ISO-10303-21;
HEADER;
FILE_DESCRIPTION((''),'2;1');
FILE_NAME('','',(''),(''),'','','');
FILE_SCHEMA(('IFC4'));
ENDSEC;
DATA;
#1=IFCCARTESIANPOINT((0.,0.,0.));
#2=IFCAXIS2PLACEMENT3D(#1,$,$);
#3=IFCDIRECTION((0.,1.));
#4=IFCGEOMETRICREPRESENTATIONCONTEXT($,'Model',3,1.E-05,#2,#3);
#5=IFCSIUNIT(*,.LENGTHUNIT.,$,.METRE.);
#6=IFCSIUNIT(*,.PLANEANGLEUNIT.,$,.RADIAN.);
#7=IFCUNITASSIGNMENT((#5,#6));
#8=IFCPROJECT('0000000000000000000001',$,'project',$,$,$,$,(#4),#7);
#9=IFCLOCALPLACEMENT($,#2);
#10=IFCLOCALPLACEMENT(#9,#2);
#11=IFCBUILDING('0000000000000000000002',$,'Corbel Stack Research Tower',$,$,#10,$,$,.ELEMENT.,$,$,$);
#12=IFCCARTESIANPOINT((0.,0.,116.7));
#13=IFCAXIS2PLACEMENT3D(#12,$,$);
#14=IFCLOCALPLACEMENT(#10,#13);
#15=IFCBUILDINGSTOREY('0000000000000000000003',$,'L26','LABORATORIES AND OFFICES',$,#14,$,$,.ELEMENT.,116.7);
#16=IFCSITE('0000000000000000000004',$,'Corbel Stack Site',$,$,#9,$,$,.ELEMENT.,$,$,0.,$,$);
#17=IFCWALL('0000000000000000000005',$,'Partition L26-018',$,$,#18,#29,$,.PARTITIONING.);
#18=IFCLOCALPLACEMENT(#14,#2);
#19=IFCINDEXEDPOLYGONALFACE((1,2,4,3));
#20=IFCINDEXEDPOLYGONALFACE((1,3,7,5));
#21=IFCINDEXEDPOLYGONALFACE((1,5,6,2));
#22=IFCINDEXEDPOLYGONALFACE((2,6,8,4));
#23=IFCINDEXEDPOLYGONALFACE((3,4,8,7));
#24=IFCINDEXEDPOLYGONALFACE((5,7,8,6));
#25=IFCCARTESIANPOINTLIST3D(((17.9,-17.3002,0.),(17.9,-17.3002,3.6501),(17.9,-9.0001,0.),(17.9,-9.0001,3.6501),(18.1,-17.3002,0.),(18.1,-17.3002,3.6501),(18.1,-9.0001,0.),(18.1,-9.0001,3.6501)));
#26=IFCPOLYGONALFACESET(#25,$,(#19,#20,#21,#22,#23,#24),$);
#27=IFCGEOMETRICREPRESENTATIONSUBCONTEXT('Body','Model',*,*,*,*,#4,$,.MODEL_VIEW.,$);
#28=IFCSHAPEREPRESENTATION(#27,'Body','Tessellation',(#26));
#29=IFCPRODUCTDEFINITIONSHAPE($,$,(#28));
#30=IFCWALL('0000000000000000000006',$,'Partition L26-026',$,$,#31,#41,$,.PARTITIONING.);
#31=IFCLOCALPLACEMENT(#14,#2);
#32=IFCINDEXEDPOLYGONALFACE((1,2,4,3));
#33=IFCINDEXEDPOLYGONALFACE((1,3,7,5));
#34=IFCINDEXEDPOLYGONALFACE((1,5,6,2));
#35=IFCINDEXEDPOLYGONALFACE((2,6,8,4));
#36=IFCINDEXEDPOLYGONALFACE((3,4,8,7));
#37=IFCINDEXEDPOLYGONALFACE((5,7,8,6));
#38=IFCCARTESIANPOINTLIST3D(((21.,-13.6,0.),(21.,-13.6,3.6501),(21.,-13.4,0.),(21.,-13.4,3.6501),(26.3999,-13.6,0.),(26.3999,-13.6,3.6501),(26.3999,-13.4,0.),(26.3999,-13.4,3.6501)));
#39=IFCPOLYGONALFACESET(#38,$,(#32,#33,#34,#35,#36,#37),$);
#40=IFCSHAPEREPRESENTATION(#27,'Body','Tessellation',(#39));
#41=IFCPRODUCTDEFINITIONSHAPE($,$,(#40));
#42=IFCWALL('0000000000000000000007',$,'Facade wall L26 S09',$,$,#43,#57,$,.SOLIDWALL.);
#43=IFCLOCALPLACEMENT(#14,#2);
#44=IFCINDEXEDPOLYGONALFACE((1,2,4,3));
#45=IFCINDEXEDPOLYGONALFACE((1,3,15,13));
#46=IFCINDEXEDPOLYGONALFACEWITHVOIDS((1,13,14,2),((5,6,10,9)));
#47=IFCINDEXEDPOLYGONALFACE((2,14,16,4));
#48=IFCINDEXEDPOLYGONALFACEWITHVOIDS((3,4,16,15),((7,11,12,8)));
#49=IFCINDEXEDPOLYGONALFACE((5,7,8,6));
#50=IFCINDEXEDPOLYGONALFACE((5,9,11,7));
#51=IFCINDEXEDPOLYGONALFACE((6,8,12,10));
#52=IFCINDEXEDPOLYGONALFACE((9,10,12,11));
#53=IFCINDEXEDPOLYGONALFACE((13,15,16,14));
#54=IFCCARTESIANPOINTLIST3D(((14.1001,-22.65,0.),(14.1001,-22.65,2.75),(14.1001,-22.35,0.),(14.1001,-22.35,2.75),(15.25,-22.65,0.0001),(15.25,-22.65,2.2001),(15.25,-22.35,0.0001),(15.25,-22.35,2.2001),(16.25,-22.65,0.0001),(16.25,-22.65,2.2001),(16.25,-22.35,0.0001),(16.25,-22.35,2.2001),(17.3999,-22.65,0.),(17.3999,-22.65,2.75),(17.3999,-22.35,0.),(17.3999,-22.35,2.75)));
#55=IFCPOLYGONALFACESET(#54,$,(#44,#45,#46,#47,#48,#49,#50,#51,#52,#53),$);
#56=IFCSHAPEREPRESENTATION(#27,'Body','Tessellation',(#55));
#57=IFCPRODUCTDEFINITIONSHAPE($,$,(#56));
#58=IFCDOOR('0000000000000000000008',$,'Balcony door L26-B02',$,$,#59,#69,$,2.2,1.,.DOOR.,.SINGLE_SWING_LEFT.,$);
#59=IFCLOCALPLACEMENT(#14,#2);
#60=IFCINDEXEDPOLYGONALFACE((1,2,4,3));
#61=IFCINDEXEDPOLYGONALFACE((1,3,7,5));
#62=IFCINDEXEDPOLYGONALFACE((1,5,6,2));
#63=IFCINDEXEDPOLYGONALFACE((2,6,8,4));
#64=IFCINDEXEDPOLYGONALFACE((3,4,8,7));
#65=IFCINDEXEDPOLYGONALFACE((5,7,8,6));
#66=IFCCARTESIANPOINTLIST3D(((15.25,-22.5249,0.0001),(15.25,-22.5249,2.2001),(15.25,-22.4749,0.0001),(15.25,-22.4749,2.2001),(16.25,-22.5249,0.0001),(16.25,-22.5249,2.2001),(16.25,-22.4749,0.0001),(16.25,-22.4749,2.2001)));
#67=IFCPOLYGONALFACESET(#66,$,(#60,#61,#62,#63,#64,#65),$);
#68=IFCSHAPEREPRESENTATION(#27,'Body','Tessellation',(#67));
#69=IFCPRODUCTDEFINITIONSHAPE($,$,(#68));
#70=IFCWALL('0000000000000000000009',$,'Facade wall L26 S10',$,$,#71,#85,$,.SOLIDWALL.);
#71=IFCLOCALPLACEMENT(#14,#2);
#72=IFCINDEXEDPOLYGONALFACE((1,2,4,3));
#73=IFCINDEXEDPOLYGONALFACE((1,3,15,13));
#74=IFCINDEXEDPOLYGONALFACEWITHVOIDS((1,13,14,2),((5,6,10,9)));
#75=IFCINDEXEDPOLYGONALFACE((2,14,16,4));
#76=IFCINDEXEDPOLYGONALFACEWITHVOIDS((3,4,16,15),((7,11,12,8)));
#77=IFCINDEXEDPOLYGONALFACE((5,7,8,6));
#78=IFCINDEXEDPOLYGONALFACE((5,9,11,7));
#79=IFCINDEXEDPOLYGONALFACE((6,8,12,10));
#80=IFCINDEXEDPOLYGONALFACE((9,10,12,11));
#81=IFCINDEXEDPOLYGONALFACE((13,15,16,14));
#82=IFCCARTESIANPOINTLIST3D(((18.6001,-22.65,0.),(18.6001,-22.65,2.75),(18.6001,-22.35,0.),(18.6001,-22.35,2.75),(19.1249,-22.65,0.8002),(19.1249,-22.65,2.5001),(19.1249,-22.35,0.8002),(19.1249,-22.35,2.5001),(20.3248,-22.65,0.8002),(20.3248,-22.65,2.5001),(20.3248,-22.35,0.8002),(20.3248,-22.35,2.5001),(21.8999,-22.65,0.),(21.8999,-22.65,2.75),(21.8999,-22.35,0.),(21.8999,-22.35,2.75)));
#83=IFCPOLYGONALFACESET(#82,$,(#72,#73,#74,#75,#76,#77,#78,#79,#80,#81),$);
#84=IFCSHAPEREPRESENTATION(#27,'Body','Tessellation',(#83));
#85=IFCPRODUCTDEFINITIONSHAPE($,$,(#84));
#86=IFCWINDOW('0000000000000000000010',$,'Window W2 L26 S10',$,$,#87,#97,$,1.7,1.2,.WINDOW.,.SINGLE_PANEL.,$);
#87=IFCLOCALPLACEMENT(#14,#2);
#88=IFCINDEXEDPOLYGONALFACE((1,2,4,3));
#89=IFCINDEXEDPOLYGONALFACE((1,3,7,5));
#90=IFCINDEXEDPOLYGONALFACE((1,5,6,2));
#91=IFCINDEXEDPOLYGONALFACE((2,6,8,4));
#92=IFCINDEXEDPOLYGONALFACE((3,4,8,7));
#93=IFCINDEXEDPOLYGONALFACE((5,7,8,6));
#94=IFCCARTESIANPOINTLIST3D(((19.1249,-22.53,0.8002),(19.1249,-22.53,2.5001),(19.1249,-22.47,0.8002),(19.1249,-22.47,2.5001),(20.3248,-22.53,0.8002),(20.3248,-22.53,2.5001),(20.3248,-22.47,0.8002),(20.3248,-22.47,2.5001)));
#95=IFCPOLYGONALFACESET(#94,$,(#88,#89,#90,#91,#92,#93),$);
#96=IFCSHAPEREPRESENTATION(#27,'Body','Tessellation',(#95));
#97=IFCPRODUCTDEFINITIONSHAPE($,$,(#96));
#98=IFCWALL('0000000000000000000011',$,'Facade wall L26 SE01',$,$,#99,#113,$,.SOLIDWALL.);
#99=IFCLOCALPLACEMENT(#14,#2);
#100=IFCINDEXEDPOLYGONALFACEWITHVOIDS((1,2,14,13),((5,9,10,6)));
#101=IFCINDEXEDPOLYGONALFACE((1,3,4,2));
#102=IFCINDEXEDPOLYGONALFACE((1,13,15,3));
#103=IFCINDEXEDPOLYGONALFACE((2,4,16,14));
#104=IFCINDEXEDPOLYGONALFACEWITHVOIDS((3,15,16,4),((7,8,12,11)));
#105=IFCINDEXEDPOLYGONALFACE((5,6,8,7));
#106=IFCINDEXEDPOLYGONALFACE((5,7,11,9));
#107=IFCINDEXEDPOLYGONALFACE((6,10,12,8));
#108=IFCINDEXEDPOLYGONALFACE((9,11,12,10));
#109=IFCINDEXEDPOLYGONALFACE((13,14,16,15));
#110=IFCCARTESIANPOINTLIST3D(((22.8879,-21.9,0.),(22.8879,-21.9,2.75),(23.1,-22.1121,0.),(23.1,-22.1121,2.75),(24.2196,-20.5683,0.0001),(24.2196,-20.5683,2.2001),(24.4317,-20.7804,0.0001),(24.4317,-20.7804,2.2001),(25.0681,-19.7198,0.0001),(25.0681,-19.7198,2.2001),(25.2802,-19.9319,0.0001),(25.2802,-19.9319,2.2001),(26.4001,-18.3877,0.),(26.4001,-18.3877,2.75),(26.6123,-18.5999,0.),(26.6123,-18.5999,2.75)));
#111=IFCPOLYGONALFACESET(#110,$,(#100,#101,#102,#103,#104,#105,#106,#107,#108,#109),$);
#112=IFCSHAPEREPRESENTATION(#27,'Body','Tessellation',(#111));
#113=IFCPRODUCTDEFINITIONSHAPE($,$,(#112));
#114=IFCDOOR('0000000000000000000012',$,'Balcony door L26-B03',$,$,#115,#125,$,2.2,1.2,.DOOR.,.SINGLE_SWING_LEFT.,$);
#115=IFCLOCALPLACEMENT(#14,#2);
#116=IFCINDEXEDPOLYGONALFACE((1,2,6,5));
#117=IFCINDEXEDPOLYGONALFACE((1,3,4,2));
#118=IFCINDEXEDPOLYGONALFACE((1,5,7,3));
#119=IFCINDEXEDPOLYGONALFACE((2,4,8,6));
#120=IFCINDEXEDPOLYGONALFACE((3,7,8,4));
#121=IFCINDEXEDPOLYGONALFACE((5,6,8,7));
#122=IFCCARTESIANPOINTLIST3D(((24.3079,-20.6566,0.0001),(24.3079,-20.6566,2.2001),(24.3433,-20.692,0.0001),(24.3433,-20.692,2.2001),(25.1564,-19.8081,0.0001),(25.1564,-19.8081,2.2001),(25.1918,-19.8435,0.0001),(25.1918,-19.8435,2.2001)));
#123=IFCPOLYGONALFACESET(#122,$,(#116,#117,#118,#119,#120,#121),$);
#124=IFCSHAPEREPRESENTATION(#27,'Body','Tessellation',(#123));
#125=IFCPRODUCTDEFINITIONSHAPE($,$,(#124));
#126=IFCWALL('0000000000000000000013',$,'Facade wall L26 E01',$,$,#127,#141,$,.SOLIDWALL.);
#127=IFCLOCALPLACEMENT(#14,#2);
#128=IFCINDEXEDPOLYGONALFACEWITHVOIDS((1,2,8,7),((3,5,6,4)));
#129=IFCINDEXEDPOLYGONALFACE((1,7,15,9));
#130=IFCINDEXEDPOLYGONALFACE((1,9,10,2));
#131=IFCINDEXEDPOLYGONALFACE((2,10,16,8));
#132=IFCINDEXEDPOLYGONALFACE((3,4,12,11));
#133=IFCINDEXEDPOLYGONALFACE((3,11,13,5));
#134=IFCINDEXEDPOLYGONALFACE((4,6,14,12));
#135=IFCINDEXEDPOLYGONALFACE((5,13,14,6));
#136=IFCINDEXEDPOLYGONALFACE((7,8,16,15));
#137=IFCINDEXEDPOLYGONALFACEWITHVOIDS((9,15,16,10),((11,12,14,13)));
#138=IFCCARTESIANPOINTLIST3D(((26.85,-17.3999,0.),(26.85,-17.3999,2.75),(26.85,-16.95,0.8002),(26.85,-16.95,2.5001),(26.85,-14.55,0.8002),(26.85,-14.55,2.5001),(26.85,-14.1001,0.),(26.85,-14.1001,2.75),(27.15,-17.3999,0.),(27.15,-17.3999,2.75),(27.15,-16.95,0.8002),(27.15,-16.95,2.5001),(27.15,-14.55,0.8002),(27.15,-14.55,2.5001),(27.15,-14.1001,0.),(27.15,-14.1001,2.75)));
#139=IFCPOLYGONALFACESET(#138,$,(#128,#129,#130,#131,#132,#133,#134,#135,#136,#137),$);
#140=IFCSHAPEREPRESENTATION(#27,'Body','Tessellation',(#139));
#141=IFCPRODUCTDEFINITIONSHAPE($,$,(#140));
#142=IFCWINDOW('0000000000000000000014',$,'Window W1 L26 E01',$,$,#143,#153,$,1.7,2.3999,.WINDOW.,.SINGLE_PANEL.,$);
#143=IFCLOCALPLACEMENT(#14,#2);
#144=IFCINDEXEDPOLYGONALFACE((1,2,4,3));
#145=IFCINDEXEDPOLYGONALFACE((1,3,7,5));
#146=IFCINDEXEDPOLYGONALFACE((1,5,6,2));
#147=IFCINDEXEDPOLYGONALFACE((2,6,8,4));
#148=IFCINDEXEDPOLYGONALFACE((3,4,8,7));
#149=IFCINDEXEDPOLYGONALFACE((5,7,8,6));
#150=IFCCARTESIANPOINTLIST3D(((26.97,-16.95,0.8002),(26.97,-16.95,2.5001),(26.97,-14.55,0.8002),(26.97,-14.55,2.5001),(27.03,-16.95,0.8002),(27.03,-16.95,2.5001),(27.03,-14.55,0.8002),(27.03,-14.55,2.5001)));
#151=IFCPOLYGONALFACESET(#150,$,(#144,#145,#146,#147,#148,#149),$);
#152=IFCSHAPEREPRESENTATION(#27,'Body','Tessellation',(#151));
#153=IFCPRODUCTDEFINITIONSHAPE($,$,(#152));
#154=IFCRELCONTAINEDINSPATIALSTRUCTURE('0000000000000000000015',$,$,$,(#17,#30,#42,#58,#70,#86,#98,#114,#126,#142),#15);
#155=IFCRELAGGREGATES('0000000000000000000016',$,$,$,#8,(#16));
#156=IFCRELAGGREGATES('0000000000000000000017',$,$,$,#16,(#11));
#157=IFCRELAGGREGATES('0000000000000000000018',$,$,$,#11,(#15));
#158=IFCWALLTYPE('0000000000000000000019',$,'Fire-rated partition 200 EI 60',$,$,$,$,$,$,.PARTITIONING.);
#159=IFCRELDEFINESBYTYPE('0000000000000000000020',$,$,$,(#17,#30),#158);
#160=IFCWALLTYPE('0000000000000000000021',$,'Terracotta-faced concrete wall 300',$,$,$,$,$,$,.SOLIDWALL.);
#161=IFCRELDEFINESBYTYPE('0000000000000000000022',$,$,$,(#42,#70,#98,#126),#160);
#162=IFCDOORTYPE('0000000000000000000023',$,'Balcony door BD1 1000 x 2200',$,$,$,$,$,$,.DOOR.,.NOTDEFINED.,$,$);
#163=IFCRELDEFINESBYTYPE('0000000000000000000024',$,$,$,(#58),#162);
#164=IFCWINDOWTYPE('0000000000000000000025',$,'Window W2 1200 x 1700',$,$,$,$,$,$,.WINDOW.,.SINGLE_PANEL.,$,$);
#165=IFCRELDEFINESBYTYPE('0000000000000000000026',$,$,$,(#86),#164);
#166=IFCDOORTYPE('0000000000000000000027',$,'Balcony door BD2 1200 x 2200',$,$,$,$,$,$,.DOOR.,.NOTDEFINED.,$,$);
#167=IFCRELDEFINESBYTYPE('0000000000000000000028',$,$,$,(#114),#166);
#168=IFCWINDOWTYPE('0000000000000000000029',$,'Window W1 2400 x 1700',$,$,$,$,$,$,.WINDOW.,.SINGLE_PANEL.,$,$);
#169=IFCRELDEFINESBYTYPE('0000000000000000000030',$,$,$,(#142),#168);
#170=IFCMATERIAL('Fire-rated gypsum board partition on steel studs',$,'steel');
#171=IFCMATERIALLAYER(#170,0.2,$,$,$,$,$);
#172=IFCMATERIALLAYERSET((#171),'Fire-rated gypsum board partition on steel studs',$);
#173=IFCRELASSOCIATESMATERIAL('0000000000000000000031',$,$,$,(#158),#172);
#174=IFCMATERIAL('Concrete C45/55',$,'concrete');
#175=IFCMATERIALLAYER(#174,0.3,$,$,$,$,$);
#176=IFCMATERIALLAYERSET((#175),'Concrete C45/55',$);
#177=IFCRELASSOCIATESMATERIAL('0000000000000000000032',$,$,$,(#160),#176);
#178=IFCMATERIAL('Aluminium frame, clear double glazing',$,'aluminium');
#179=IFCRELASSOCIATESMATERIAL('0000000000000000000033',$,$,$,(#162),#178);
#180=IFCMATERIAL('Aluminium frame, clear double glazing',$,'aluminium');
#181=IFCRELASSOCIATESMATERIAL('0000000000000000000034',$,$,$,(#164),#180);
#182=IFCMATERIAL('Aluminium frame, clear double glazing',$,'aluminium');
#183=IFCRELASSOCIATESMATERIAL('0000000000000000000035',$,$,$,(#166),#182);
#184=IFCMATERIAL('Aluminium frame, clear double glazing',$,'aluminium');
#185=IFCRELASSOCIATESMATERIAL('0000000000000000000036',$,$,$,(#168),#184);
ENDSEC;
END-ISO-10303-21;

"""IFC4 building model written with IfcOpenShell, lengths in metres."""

from ifc_helpers import new_model, si_unit, direction, frame, frame_2d, origin, place, context, subcontext, project, spatial, rectangle, extrude, material, layer, layer_set, type_object, element, fill, save


model = new_model("IFC4")

# Units and contexts
model_context = context("Model", 3, precision=1e-05, world=origin(), true_north=direction((0.0, 1.0)))
body_context = subcontext(model_context, "Body", "Model", "MODEL_VIEW")
ifc_project = project(units=[si_unit("LENGTHUNIT", "METRE"), si_unit("PLANEANGLEUNIT", "RADIAN")], contexts=[model_context])

# Site, building, storey
site_placement = place(None, origin())
site = spatial("IfcSite", under=ifc_project, at=site_placement, Name="Corbel Stack Site", CompositionType="ELEMENT", RefElevation=0.0)
building_placement = place(site_placement, origin())
building = spatial("IfcBuilding", under=site, at=building_placement, Name="Corbel Stack Research Tower", CompositionType="ELEMENT")
storey_placement = place(building_placement, frame((0.0, 0.0, 116.7)))
storey = spatial("IfcBuildingStorey", under=building, at=storey_placement, Name="L26", Description="LABORATORIES AND OFFICES", CompositionType="ELEMENT", Elevation=116.7)

# Shared definitions
ifc_material_1 = material(Name="Fire-rated gypsum board partition on steel studs", Category="steel")
ifc_layer_1 = layer(ifc_material_1, 0.2)
ifc_layer_set_1 = layer_set([ifc_layer_1], Name="Fire-rated gypsum board partition on steel studs")
wall_type_1 = type_object("IfcWallType", Name="Fire-rated partition 200 EI 60", PredefinedType="PARTITIONING", material=ifc_layer_set_1)

# Walls
wall_1_placement = place(storey_placement, frame((18.0, -17.3, 0.0), z_axis=(0.0, 0.0, 1.0), x_axis=(0.0, 1.0, 0.0)))
element("IfcWall", 1, at=wall_1_placement, inside=storey, type_object=wall_type_1, Name="Partition L26-018", PredefinedType="PARTITIONING", context=body_context, shape_type="SweptSolid", body=[
    extrude(rectangle(XDim=8.3, YDim=0.2, at=frame_2d((4.1499, 0.0))), origin(), (0.0, 0.0, 1.0), 3.6501),
])
wall_2_placement = place(storey_placement, frame((21.0, -13.5, 0.0), z_axis=(0.0, 0.0, 1.0), x_axis=(1.0, 0.0, 0.0)))
element("IfcWall", 2, at=wall_2_placement, inside=storey, type_object=wall_type_1, Name="Partition L26-026", PredefinedType="PARTITIONING", context=body_context, shape_type="SweptSolid", body=[
    extrude(rectangle(XDim=5.3999, YDim=0.2, at=frame_2d((2.7, 0.0))), origin(), (0.0, 0.0, 1.0), 3.6501),
])

# Wall, opening, door
ifc_material_2 = material(Name="Concrete C45/55", Category="concrete")
ifc_layer_2 = layer(ifc_material_2, 0.3)
ifc_layer_set_2 = layer_set([ifc_layer_2], Name="Concrete C45/55")
wall_type_2 = type_object("IfcWallType", Name="Terracotta-faced concrete wall 300", PredefinedType="SOLIDWALL", material=ifc_layer_set_2)
wall_3_placement = place(storey_placement, frame((17.3999, -22.5, 0.0), z_axis=(0.0, 0.0, 1.0), x_axis=(-1.0, 0.0, 0.0)))
wall_3 = element("IfcWall", 3, at=wall_3_placement, inside=storey, type_object=wall_type_2, Name="Facade wall L26 S09", PredefinedType="SOLIDWALL", context=body_context, shape_type="SweptSolid", body=[
    extrude(rectangle(XDim=3.2998, YDim=0.3, at=frame_2d((1.6499, 0.0))), origin(), (0.0, 0.0, 1.0), 2.75),
])
opening_1_placement = place(wall_3_placement, frame((1.1499, 0.0, 0.0)))
opening_1 = element("IfcOpeningElement", 4, at=opening_1_placement, cuts=wall_3, PredefinedType="OPENING", context=body_context, shape_type="SweptSolid", body=[
    extrude(rectangle(XDim=1.0, YDim=2.2, at=frame_2d((0.5, 1.1001))), frame((0.0, 0.1599, 0.0), z_axis=(0.0, -1.0, 0.0), x_axis=(1.0, 0.0, 0.0)), (0.0, 0.0, 1.0), 0.3201),
])
ifc_material_3 = material(Name="Aluminium frame, clear double glazing", Category="aluminium")
door_type_1 = type_object("IfcDoorType", Name="Balcony door BD1 1000 x 2200", OperationType="NOTDEFINED", PredefinedType="DOOR", material=ifc_material_3)
door_1_placement = place(opening_1_placement, origin())
door_1 = element("IfcDoor", 5, at=door_1_placement, inside=storey, type_object=door_type_1, Name="Balcony door L26-B02", OperationType="SINGLE_SWING_LEFT", OverallHeight=2.2, OverallWidth=1.0, PredefinedType="DOOR", context=body_context, shape_type="SweptSolid", body=[
    extrude(rectangle(XDim=1.0, YDim=2.2, at=frame_2d((0.5, 1.1001))), frame((0.0, 0.0249, 0.0), z_axis=(0.0, -1.0, 0.0), x_axis=(1.0, 0.0, 0.0)), (0.0, 0.0, 1.0), 0.05),
])
fill(opening_1, door_1)

# Wall, opening, window
wall_4_placement = place(storey_placement, frame((21.8999, -22.5, 0.0), z_axis=(0.0, 0.0, 1.0), x_axis=(-1.0, 0.0, 0.0)))
wall_4 = element("IfcWall", 6, at=wall_4_placement, inside=storey, type_object=wall_type_2, Name="Facade wall L26 S10", PredefinedType="SOLIDWALL", context=body_context, shape_type="SweptSolid", body=[
    extrude(rectangle(XDim=3.2998, YDim=0.3, at=frame_2d((1.6499, 0.0))), origin(), (0.0, 0.0, 1.0), 2.75),
])
opening_2_placement = place(wall_4_placement, frame((1.575, 0.0, 0.8)))
opening_2 = element("IfcOpeningElement", 7, at=opening_2_placement, cuts=wall_4, PredefinedType="OPENING", context=body_context, shape_type="SweptSolid", body=[
    extrude(rectangle(XDim=1.2, YDim=1.7, at=frame_2d((0.6001, 0.8501))), frame((0.0, 0.1599, 0.0), z_axis=(0.0, -1.0, 0.0), x_axis=(1.0, 0.0, 0.0)), (0.0, 0.0, 1.0), 0.3201),
])
ifc_material_4 = material(Name="Aluminium frame, clear double glazing", Category="aluminium")
window_type_1 = type_object("IfcWindowType", Name="Window W2 1200 x 1700", PartitioningType="SINGLE_PANEL", PredefinedType="WINDOW", material=ifc_material_4)
window_1_placement = place(opening_2_placement, origin())
window_1 = element("IfcWindow", 8, at=window_1_placement, inside=storey, type_object=window_type_1, Name="Window W2 L26 S10", OverallHeight=1.7, OverallWidth=1.2, PartitioningType="SINGLE_PANEL", PredefinedType="WINDOW", context=body_context, shape_type="SweptSolid", body=[
    extrude(rectangle(XDim=1.2, YDim=1.7, at=frame_2d((0.6001, 0.8501))), frame((0.0, 0.03, 0.0), z_axis=(0.0, -1.0, 0.0), x_axis=(1.0, 0.0, 0.0)), (0.0, 0.0, 1.0), 0.0601),
])
fill(opening_2, window_1)

# Wall, opening, door
wall_5_placement = place(storey_placement, frame((26.5061, -18.4939, 0.0), z_axis=(0.0, 0.0, 1.0), x_axis=(-0.707107, -0.707107, 0.0)))
wall_5 = element("IfcWall", 9, at=wall_5_placement, inside=storey, type_object=wall_type_2, Name="Facade wall L26 SE01", PredefinedType="SOLIDWALL", context=body_context, shape_type="SweptSolid", body=[
    extrude(rectangle(XDim=4.967, YDim=0.3, at=frame_2d((2.4834, 0.0))), origin(), (0.0, 0.0, 1.0), 2.75),
])
opening_3_placement = place(wall_5_placement, frame((1.8835, 0.0, 0.0)))
opening_3 = element("IfcOpeningElement", 10, at=opening_3_placement, cuts=wall_5, PredefinedType="OPENING", context=body_context, shape_type="SweptSolid", body=[
    extrude(rectangle(XDim=1.2, YDim=2.2, at=frame_2d((0.6001, 1.1001))), frame((0.0, 0.1599, 0.0), z_axis=(0.0, -1.0, 0.0), x_axis=(1.0, 0.0, 0.0)), (0.0, 0.0, 1.0), 0.3201),
])
ifc_material_5 = material(Name="Aluminium frame, clear double glazing", Category="aluminium")
door_type_2 = type_object("IfcDoorType", Name="Balcony door BD2 1200 x 2200", OperationType="NOTDEFINED", PredefinedType="DOOR", material=ifc_material_5)
door_2_placement = place(opening_3_placement, origin())
door_2 = element("IfcDoor", 11, at=door_2_placement, inside=storey, type_object=door_type_2, Name="Balcony door L26-B03", OperationType="SINGLE_SWING_LEFT", OverallHeight=2.2, OverallWidth=1.2, PredefinedType="DOOR", context=body_context, shape_type="SweptSolid", body=[
    extrude(rectangle(XDim=1.2, YDim=2.2, at=frame_2d((0.6001, 1.1001))), frame((0.0, 0.0249, 0.0), z_axis=(0.0, -1.0, 0.0), x_axis=(1.0, 0.0, 0.0)), (0.0, 0.0, 1.0), 0.05),
])
fill(opening_3, door_2)

# Wall, opening, window
wall_6_placement = place(storey_placement, frame((27.0, -14.1001, 0.0), z_axis=(0.0, 0.0, 1.0), x_axis=(0.0, -1.0, 0.0)))
wall_6 = element("IfcWall", 12, at=wall_6_placement, inside=storey, type_object=wall_type_2, Name="Facade wall L26 E01", PredefinedType="SOLIDWALL", context=body_context, shape_type="SweptSolid", body=[
    extrude(rectangle(XDim=3.2998, YDim=0.3, at=frame_2d((1.6499, 0.0))), origin(), (0.0, 0.0, 1.0), 2.75),
])
opening_4_placement = place(wall_6_placement, frame((0.45, 0.0, 0.8)))
opening_4 = element("IfcOpeningElement", 13, at=opening_4_placement, cuts=wall_6, PredefinedType="OPENING", context=body_context, shape_type="SweptSolid", body=[
    extrude(rectangle(XDim=2.3999, YDim=1.7, at=frame_2d((1.2, 0.8501))), frame((0.0, 0.1599, 0.0), z_axis=(0.0, -1.0, 0.0), x_axis=(1.0, 0.0, 0.0)), (0.0, 0.0, 1.0), 0.3201),
])
ifc_material_6 = material(Name="Aluminium frame, clear double glazing", Category="aluminium")
window_type_2 = type_object("IfcWindowType", Name="Window W1 2400 x 1700", PartitioningType="SINGLE_PANEL", PredefinedType="WINDOW", material=ifc_material_6)
window_2_placement = place(opening_4_placement, origin())
window_2 = element("IfcWindow", 14, at=window_2_placement, inside=storey, type_object=window_type_2, Name="Window W1 L26 E01", OverallHeight=1.7, OverallWidth=2.3999, PartitioningType="SINGLE_PANEL", PredefinedType="WINDOW", context=body_context, shape_type="SweptSolid", body=[
    extrude(rectangle(XDim=2.3999, YDim=1.7, at=frame_2d((1.2, 0.8501))), frame((0.0, 0.03, 0.0), z_axis=(0.0, -1.0, 0.0), x_axis=(1.0, 0.0, 0.0)), (0.0, 0.0, 1.0), 0.0601),
])
fill(opening_4, window_2)

save(model, "model.ifc")
